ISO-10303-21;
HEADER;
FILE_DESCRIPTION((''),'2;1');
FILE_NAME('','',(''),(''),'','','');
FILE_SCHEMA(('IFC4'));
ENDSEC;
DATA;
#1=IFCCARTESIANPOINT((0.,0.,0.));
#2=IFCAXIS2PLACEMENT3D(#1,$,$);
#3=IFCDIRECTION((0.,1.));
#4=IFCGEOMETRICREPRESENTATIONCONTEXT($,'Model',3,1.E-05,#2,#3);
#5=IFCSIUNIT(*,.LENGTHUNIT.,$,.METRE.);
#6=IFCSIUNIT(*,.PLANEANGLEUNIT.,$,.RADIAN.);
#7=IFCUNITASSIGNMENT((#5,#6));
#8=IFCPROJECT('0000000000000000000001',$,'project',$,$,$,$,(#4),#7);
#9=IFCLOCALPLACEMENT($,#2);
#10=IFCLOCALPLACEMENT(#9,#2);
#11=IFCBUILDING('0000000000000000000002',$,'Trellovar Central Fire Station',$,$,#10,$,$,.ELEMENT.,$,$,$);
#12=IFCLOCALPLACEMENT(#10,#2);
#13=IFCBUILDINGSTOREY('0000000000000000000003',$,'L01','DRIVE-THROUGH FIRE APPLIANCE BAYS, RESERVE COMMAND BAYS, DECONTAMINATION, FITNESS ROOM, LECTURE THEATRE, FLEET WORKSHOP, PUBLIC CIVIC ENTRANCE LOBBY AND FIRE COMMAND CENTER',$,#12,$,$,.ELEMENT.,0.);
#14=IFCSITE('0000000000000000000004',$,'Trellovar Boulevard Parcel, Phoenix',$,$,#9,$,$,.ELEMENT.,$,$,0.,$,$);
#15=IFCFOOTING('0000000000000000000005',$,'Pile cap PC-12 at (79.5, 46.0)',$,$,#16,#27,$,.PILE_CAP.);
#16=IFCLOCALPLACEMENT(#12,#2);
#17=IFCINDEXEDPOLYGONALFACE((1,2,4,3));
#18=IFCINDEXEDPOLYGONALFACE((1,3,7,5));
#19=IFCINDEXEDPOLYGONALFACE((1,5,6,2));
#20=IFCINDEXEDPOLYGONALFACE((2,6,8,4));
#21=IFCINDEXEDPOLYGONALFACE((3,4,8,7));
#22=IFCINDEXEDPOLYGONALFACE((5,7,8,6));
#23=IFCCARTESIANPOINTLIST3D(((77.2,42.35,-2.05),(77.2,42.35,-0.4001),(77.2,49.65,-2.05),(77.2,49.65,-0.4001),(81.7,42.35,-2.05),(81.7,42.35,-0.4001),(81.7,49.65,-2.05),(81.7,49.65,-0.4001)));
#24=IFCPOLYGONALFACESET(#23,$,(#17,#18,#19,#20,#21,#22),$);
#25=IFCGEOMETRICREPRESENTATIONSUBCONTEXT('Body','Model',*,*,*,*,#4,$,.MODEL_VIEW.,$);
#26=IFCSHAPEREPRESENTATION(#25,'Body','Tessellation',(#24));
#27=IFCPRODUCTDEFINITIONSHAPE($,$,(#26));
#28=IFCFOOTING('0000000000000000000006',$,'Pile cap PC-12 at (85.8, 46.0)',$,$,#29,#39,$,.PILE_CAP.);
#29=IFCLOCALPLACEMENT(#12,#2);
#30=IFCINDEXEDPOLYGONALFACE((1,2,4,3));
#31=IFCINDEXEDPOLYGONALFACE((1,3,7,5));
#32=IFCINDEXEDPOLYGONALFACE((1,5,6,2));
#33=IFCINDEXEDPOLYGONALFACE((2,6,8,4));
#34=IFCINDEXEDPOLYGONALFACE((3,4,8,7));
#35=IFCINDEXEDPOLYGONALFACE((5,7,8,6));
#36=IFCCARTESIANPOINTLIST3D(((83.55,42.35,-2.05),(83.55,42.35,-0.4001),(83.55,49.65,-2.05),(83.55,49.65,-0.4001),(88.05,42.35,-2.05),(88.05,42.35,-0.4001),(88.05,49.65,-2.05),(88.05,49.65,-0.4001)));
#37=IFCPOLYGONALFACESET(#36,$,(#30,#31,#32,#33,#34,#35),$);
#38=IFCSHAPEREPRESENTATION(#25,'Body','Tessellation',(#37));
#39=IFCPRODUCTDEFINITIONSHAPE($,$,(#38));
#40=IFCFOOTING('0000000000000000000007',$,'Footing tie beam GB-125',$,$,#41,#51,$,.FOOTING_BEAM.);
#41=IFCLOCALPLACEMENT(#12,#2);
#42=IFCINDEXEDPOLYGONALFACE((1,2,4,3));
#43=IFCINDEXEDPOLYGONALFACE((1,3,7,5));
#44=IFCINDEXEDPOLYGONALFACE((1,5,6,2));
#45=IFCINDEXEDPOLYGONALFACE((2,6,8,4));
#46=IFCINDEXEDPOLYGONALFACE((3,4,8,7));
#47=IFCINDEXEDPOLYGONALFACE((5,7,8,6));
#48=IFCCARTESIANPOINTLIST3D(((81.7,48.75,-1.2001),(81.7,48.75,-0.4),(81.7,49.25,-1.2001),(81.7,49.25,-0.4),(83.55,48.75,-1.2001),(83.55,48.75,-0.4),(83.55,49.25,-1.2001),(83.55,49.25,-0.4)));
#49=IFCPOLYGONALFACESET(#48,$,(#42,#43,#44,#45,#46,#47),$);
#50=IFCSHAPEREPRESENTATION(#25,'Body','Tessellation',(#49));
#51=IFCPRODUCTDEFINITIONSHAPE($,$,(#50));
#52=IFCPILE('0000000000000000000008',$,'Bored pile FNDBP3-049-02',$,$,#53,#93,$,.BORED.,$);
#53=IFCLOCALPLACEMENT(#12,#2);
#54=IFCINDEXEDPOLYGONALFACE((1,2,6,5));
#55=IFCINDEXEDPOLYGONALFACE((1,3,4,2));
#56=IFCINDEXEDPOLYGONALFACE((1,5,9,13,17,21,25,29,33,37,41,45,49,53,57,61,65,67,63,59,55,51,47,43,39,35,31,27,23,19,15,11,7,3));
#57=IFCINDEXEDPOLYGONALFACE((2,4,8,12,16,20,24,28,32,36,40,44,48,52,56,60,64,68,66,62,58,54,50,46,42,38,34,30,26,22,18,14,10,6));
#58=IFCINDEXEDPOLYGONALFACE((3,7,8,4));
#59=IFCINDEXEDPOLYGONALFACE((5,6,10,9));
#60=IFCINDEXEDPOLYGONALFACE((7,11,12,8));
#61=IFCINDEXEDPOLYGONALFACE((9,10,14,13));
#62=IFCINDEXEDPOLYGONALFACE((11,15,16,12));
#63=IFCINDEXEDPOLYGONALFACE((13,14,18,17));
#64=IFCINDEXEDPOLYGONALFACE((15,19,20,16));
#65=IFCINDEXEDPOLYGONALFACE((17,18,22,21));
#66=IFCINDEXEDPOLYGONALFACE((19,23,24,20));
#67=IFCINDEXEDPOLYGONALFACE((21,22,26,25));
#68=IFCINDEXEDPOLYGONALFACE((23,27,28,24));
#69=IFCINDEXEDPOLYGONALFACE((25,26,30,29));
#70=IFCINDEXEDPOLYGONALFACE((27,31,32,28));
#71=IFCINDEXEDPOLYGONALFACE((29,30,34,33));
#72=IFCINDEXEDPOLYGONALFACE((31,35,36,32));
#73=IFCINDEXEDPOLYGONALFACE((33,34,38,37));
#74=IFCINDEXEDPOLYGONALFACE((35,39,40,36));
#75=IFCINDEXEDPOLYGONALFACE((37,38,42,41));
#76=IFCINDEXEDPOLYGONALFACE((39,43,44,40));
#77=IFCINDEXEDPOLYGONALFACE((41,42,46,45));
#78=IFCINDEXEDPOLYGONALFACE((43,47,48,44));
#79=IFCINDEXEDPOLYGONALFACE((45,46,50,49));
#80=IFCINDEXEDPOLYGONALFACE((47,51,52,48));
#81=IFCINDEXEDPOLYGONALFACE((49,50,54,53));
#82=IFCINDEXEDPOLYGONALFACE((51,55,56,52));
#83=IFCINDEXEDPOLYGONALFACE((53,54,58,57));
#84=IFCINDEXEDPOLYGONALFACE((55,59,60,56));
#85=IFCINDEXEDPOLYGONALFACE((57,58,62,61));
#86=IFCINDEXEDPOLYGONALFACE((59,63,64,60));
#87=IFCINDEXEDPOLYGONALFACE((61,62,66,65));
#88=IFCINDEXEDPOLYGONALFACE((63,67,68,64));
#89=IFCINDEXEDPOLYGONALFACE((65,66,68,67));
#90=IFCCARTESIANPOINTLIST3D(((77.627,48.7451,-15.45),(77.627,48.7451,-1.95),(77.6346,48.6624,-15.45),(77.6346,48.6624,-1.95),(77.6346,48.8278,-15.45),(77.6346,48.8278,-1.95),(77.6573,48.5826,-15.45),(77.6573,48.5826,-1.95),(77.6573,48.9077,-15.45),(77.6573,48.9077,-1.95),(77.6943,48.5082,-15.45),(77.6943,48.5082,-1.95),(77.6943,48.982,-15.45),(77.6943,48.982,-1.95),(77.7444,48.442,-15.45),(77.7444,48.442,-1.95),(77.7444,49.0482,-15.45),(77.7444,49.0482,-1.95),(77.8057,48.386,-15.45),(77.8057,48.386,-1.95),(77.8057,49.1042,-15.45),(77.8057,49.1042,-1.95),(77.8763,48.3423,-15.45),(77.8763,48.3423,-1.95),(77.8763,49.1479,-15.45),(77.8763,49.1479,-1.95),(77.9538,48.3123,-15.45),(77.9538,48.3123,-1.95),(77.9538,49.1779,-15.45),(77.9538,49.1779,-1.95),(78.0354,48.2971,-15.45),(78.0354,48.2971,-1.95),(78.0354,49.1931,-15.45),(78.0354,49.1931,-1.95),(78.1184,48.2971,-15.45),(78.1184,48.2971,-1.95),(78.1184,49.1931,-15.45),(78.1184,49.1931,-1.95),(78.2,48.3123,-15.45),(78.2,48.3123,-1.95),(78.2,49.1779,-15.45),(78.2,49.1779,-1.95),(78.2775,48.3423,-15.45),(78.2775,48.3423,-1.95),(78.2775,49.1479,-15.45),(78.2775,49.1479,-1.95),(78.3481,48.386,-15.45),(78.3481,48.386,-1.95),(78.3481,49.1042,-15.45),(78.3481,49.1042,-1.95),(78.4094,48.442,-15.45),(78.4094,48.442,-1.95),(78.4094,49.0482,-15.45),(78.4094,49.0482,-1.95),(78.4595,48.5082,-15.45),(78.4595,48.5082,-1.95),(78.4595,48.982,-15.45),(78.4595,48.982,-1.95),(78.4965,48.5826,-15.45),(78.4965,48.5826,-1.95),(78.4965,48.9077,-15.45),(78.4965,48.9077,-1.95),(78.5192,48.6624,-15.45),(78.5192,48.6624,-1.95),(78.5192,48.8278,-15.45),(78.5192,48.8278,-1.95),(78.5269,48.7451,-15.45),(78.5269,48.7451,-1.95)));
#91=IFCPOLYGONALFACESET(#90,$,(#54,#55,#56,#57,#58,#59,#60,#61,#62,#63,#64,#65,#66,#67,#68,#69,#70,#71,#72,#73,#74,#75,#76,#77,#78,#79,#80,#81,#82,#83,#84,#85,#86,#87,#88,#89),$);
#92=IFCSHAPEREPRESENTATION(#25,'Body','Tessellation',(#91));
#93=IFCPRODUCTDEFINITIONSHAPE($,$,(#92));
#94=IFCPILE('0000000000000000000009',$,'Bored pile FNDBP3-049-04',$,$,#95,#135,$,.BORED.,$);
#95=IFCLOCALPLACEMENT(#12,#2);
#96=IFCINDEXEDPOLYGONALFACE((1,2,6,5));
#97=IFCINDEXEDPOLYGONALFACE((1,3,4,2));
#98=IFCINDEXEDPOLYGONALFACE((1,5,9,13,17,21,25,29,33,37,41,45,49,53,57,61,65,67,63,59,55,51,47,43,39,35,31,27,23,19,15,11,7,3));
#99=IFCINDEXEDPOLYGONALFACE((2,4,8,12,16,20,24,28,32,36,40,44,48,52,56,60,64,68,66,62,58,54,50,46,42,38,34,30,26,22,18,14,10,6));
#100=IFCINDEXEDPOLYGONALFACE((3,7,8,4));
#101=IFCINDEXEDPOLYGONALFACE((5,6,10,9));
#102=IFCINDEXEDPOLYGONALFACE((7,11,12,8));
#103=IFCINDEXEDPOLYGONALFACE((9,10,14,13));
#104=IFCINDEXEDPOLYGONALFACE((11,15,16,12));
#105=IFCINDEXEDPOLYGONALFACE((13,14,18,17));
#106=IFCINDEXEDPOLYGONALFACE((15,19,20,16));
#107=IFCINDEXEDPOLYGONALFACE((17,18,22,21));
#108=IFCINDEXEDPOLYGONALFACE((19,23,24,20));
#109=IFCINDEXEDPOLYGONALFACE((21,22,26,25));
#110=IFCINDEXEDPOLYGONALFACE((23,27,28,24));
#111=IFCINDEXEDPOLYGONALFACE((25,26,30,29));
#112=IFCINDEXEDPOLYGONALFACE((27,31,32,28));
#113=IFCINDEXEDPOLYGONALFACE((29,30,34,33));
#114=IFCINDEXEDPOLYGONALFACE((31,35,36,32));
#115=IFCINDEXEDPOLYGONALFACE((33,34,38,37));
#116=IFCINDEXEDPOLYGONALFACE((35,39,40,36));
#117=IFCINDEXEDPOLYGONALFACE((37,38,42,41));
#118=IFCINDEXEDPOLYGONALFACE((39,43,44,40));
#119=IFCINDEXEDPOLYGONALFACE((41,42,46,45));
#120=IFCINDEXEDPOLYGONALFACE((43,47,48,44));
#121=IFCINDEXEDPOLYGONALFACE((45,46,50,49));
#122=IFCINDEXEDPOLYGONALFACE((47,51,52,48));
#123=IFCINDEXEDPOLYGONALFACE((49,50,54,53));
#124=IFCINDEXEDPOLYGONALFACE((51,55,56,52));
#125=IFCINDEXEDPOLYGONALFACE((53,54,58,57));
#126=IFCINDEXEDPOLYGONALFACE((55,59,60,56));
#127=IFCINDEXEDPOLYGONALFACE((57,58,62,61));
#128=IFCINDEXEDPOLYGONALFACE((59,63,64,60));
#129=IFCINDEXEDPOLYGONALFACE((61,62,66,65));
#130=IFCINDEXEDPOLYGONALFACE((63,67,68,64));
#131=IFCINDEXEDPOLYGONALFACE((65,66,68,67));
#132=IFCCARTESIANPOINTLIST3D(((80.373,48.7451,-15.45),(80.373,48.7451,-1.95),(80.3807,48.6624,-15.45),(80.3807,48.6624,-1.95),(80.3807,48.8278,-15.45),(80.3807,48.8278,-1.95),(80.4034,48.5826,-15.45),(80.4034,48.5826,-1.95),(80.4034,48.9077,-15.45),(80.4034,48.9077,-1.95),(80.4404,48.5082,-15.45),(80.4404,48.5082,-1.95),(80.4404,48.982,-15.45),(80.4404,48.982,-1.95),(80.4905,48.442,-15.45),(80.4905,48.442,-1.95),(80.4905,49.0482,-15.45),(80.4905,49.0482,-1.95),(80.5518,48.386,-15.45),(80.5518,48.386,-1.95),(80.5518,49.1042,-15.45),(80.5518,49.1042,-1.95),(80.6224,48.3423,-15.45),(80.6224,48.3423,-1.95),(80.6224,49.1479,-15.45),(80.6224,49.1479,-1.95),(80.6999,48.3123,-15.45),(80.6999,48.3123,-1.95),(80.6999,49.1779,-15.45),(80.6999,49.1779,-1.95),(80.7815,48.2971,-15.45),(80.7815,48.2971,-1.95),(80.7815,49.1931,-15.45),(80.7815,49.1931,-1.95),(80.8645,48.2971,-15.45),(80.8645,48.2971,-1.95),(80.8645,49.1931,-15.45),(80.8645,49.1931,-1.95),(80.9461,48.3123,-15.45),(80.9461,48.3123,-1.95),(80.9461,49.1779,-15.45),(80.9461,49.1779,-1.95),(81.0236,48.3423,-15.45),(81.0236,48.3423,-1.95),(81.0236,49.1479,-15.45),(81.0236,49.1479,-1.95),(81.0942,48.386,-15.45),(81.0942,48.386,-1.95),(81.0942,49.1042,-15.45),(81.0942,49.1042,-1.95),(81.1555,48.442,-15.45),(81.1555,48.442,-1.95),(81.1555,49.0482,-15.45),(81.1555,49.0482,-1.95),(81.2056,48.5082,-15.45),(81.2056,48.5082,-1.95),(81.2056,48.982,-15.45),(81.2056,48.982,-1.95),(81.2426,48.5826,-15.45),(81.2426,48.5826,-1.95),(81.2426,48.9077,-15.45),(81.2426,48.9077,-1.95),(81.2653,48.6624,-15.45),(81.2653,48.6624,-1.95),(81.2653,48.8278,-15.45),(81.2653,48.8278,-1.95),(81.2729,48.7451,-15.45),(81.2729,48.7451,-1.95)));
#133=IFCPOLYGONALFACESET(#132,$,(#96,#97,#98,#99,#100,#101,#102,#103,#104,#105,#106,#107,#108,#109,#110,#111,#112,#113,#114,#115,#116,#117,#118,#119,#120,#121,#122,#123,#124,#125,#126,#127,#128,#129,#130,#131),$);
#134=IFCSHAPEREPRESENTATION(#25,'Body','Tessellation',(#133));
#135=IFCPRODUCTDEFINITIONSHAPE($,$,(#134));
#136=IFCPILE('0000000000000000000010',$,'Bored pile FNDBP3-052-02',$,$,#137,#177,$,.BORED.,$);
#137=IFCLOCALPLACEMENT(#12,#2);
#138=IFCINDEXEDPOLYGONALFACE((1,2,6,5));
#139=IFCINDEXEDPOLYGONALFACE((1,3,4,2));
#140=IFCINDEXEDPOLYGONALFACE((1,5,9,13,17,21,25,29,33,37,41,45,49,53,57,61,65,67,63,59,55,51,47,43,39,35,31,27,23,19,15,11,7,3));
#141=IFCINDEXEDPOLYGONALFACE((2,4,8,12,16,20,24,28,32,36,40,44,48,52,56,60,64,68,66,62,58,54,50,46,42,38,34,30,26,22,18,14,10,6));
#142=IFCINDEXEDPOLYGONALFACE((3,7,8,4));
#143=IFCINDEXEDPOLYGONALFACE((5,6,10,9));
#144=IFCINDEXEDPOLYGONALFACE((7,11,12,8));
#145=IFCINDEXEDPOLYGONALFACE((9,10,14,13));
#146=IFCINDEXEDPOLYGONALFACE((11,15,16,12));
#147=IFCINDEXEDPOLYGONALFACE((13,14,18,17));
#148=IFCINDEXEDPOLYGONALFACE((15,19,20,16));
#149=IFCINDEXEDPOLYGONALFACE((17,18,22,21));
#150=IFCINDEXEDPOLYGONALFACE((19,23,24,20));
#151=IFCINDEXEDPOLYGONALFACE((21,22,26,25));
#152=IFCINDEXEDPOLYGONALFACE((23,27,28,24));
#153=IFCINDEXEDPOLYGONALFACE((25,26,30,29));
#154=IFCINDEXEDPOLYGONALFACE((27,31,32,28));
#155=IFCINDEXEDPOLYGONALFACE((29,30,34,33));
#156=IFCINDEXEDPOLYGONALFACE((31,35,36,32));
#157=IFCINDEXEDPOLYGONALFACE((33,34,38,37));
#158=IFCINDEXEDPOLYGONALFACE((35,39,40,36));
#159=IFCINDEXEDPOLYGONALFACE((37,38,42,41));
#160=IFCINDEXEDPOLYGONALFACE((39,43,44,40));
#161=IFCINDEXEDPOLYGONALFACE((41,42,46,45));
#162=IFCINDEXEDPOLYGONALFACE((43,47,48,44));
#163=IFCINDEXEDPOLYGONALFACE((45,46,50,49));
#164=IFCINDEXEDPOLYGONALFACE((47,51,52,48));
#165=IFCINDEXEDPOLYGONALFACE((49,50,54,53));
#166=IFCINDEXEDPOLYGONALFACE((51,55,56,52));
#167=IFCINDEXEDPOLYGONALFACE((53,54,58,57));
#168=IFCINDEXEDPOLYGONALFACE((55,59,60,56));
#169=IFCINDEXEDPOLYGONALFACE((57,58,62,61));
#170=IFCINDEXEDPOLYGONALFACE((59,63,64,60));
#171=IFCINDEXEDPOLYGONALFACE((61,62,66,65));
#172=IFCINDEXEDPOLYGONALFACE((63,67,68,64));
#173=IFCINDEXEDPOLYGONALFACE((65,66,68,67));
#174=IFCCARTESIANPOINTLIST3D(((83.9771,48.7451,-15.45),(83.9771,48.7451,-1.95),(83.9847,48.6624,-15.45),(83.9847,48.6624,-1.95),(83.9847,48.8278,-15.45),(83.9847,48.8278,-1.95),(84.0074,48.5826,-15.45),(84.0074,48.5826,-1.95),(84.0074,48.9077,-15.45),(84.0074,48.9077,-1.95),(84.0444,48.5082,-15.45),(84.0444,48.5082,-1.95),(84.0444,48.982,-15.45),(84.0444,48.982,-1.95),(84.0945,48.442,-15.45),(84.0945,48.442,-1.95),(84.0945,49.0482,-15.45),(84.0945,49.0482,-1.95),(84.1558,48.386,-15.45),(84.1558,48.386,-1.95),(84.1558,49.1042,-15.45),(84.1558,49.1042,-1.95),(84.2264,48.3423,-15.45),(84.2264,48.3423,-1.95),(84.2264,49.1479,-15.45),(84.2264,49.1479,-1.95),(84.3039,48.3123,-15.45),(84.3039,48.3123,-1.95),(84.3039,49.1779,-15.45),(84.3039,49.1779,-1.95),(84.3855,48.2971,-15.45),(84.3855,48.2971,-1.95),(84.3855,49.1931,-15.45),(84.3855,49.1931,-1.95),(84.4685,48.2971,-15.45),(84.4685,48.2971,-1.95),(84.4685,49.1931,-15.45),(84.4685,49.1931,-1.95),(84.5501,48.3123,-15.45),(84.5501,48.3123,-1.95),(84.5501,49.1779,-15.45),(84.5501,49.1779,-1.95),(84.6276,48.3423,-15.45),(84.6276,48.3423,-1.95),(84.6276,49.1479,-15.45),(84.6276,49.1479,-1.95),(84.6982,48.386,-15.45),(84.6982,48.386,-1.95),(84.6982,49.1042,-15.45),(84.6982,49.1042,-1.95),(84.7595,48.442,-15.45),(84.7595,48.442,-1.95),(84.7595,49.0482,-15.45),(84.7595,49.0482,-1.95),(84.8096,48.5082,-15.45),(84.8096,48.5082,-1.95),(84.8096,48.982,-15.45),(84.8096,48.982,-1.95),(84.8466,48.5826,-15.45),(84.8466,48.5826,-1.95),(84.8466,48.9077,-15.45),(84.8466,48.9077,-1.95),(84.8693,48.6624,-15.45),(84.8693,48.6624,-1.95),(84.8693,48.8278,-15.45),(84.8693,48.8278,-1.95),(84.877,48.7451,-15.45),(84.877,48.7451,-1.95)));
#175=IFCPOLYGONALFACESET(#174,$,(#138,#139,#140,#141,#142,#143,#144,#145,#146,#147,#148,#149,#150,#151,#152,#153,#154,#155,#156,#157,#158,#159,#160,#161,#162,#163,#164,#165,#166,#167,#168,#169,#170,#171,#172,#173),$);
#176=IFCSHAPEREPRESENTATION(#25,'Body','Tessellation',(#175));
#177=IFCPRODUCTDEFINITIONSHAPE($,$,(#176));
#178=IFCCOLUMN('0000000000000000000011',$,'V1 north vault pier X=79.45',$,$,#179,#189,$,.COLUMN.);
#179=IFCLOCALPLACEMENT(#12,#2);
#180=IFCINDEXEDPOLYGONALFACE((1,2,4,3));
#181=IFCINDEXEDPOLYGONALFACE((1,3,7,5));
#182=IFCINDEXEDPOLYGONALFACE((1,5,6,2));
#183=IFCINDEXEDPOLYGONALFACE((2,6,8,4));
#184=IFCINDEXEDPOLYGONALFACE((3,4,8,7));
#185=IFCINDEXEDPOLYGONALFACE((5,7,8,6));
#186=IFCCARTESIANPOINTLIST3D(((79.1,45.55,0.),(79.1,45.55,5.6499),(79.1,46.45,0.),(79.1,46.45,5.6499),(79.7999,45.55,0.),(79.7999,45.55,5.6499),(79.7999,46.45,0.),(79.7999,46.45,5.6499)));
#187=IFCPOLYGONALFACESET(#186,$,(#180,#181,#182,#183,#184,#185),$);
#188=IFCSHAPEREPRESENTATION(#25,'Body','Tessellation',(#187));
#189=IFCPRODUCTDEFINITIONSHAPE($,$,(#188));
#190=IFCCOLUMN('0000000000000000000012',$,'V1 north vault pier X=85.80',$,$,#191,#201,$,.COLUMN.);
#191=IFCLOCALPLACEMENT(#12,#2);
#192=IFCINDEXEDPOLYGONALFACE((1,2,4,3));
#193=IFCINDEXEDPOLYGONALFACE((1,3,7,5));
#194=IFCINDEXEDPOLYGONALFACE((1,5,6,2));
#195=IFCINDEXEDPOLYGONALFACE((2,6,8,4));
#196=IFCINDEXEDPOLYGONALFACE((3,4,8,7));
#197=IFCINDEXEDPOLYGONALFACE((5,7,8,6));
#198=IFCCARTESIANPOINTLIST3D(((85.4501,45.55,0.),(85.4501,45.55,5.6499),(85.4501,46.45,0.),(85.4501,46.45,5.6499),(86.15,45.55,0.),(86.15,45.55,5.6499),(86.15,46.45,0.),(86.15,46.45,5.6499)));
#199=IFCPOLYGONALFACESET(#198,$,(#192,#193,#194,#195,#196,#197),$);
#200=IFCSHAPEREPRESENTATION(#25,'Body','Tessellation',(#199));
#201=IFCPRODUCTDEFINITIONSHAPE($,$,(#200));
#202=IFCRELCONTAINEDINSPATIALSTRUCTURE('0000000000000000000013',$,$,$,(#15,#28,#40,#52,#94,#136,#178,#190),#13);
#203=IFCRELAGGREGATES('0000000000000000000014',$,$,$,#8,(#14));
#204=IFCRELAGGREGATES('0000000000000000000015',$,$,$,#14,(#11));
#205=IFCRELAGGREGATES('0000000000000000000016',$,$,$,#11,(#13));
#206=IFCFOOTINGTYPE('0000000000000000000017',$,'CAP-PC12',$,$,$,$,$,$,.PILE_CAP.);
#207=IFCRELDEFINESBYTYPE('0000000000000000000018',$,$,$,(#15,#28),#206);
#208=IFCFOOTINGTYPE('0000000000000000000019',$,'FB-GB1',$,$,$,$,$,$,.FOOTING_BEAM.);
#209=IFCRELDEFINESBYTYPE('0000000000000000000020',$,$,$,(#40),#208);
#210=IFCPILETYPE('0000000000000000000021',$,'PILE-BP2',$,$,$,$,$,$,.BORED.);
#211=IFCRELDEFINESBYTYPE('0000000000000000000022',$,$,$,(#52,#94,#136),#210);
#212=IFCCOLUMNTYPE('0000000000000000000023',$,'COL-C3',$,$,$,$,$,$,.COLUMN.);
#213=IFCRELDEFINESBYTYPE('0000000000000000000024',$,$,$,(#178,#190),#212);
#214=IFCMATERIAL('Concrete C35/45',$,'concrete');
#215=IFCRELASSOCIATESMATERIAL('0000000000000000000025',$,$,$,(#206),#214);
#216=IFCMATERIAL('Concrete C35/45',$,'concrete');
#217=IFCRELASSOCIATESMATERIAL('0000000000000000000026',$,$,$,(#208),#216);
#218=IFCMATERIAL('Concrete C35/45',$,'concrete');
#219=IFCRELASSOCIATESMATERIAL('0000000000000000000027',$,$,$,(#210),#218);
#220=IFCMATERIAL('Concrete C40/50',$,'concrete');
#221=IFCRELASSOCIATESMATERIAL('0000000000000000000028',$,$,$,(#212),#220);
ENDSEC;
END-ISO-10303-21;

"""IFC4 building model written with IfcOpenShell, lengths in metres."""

from ifc_helpers import new_model, si_unit, direction, frame, origin, origin_2d, place, context, subcontext, project, spatial, rectangle, circle, extrude, material, material_profile, profile_set, type_object, element, save


model = new_model("IFC4")

# Units and contexts
model_context = context("Model", 3, precision=1e-05, world=origin(), true_north=direction((0.0, 1.0)))
body_context = subcontext(model_context, "Body", "Model", "MODEL_VIEW")
ifc_project = project(units=[si_unit("LENGTHUNIT", "METRE"), si_unit("PLANEANGLEUNIT", "RADIAN")], contexts=[model_context])

# Site, building, storey
site_placement = place(None, origin())
site = spatial("IfcSite", under=ifc_project, at=site_placement, Name="Trellovar Boulevard Parcel, Phoenix", CompositionType="ELEMENT", RefElevation=0.0)
building_placement = place(site_placement, origin())
building = spatial("IfcBuilding", under=site, at=building_placement, Name="Trellovar Central Fire Station", CompositionType="ELEMENT")
storey_placement = place(building_placement, origin())
storey = spatial("IfcBuildingStorey", under=building, at=storey_placement, Name="L01", Description="DRIVE-THROUGH FIRE APPLIANCE BAYS, RESERVE COMMAND BAYS, DECONTAMINATION, FITNESS ROOM, LECTURE THEATRE, FLEET WORKSHOP, PUBLIC CIVIC ENTRANCE LOBBY AND FIRE COMMAND CENTER", CompositionType="ELEMENT", Elevation=0.0)

# Footings
ifc_material_1 = material(Name="Concrete C35/45", Category="concrete")
footing_type_1 = type_object("IfcFootingType", Name="CAP-PC12", PredefinedType="PILE_CAP", material=ifc_material_1)
for number, where, z_axis, x_axis, name in (
    (1, (79.45, 46.0, -2.05), (0.0, 0.0, 1.0), (1.0, 0.0, 0.0), "Pile cap PC-12 at (79.5, 46.0)"),
    (2, (85.8, 46.0, -2.05), (0.0, 0.0, 1.0), (1.0, 0.0, 0.0), "Pile cap PC-12 at (85.8, 46.0)"),
):
    element("IfcFooting", number, at=place(storey_placement, frame(where, z_axis=z_axis, x_axis=x_axis)), inside=storey, type_object=footing_type_1, Name=name, PredefinedType="PILE_CAP", context=body_context, shape_type="SweptSolid", body=[
        extrude(rectangle(XDim=4.5, YDim=7.3, at=origin_2d()), origin(), (0.0, 0.0, 1.0), 1.6499),
    ])
ifc_material_2 = material(Name="Concrete C35/45", Category="concrete")
ifc_material_profile_1 = material_profile(ifc_material_2, rectangle(XDim=0.5, YDim=0.8, at=origin_2d()), Name="RC500X800")
ifc_profile_set_1 = profile_set([ifc_material_profile_1], Name="Concrete C35/45")
footing_type_2 = type_object("IfcFootingType", Name="FB-GB1", PredefinedType="FOOTING_BEAM", material=ifc_profile_set_1)
footing_placement = place(storey_placement, frame((81.7, 49.0, -0.8), z_axis=(1.0, 0.0, 0.0), x_axis=(0.0, 1.0, 0.0)))
element("IfcFooting", 3, at=footing_placement, inside=storey, type_object=footing_type_2, Name="Footing tie beam GB-125", PredefinedType="FOOTING_BEAM", context=body_context, shape_type="SweptSolid", body=[
    extrude(rectangle(XDim=0.5, YDim=0.8, at=origin_2d()), origin(), (0.0, 0.0, 1.0), 1.8501),
])

# Piles
ifc_material_3 = material(Name="Concrete C35/45", Category="concrete")
ifc_material_profile_2 = material_profile(ifc_material_3, circle(Radius=0.45, at=origin_2d()), Name="PILE900")
ifc_profile_set_2 = profile_set([ifc_material_profile_2], Name="Concrete C35/45")
pile_type = type_object("IfcPileType", Name="PILE-BP2", PredefinedType="BORED", material=ifc_profile_set_2)
for number, where, z_axis, x_axis, name in (
    (4, (78.0769, 48.7451, -1.95), (0.0, 0.0, -1.0), (1.0, 0.0, 0.0), "Bored pile FNDBP3-049-02"),
    (5, (80.823, 48.7451, -1.95), (0.0, 0.0, -1.0), (1.0, 0.0, 0.0), "Bored pile FNDBP3-049-04"),
    (6, (84.427, 48.7451, -1.95), (0.0, 0.0, -1.0), (1.0, 0.0, 0.0), "Bored pile FNDBP3-052-02"),
):
    element("IfcPile", number, at=place(storey_placement, frame(where, z_axis=z_axis, x_axis=x_axis)), inside=storey, type_object=pile_type, Name=name, PredefinedType="BORED", context=body_context, shape_type="SweptSolid", body=[
        extrude(circle(Radius=0.45, at=origin_2d()), origin(), (0.0, 0.0, 1.0), 13.5),
    ])

# Columns
ifc_material_4 = material(Name="Concrete C40/50", Category="concrete")
ifc_material_profile_3 = material_profile(ifc_material_4, rectangle(XDim=0.7, YDim=0.8999, at=origin_2d()), Name="RC700X900")
ifc_profile_set_3 = profile_set([ifc_material_profile_3], Name="Concrete C40/50")
column_type = type_object("IfcColumnType", Name="COL-C3", PredefinedType="COLUMN", material=ifc_profile_set_3)
for number, where, z_axis, x_axis, name in (
    (7, (79.45, 46.0, 0.0), (0.0, 0.0, 1.0), (1.0, 0.0, 0.0), "V1 north vault pier X=79.45"),
    (8, (85.8, 46.0, 0.0), (0.0, 0.0, 1.0), (1.0, 0.0, 0.0), "V1 north vault pier X=85.80"),
):
    element("IfcColumn", number, at=place(storey_placement, frame(where, z_axis=z_axis, x_axis=x_axis)), inside=storey, type_object=column_type, Name=name, PredefinedType="COLUMN", context=body_context, shape_type="SweptSolid", body=[
        extrude(rectangle(XDim=0.7, YDim=0.8999, at=origin_2d()), origin(), (0.0, 0.0, 1.0), 5.6499),
    ])

save(model, "model.ifc")
